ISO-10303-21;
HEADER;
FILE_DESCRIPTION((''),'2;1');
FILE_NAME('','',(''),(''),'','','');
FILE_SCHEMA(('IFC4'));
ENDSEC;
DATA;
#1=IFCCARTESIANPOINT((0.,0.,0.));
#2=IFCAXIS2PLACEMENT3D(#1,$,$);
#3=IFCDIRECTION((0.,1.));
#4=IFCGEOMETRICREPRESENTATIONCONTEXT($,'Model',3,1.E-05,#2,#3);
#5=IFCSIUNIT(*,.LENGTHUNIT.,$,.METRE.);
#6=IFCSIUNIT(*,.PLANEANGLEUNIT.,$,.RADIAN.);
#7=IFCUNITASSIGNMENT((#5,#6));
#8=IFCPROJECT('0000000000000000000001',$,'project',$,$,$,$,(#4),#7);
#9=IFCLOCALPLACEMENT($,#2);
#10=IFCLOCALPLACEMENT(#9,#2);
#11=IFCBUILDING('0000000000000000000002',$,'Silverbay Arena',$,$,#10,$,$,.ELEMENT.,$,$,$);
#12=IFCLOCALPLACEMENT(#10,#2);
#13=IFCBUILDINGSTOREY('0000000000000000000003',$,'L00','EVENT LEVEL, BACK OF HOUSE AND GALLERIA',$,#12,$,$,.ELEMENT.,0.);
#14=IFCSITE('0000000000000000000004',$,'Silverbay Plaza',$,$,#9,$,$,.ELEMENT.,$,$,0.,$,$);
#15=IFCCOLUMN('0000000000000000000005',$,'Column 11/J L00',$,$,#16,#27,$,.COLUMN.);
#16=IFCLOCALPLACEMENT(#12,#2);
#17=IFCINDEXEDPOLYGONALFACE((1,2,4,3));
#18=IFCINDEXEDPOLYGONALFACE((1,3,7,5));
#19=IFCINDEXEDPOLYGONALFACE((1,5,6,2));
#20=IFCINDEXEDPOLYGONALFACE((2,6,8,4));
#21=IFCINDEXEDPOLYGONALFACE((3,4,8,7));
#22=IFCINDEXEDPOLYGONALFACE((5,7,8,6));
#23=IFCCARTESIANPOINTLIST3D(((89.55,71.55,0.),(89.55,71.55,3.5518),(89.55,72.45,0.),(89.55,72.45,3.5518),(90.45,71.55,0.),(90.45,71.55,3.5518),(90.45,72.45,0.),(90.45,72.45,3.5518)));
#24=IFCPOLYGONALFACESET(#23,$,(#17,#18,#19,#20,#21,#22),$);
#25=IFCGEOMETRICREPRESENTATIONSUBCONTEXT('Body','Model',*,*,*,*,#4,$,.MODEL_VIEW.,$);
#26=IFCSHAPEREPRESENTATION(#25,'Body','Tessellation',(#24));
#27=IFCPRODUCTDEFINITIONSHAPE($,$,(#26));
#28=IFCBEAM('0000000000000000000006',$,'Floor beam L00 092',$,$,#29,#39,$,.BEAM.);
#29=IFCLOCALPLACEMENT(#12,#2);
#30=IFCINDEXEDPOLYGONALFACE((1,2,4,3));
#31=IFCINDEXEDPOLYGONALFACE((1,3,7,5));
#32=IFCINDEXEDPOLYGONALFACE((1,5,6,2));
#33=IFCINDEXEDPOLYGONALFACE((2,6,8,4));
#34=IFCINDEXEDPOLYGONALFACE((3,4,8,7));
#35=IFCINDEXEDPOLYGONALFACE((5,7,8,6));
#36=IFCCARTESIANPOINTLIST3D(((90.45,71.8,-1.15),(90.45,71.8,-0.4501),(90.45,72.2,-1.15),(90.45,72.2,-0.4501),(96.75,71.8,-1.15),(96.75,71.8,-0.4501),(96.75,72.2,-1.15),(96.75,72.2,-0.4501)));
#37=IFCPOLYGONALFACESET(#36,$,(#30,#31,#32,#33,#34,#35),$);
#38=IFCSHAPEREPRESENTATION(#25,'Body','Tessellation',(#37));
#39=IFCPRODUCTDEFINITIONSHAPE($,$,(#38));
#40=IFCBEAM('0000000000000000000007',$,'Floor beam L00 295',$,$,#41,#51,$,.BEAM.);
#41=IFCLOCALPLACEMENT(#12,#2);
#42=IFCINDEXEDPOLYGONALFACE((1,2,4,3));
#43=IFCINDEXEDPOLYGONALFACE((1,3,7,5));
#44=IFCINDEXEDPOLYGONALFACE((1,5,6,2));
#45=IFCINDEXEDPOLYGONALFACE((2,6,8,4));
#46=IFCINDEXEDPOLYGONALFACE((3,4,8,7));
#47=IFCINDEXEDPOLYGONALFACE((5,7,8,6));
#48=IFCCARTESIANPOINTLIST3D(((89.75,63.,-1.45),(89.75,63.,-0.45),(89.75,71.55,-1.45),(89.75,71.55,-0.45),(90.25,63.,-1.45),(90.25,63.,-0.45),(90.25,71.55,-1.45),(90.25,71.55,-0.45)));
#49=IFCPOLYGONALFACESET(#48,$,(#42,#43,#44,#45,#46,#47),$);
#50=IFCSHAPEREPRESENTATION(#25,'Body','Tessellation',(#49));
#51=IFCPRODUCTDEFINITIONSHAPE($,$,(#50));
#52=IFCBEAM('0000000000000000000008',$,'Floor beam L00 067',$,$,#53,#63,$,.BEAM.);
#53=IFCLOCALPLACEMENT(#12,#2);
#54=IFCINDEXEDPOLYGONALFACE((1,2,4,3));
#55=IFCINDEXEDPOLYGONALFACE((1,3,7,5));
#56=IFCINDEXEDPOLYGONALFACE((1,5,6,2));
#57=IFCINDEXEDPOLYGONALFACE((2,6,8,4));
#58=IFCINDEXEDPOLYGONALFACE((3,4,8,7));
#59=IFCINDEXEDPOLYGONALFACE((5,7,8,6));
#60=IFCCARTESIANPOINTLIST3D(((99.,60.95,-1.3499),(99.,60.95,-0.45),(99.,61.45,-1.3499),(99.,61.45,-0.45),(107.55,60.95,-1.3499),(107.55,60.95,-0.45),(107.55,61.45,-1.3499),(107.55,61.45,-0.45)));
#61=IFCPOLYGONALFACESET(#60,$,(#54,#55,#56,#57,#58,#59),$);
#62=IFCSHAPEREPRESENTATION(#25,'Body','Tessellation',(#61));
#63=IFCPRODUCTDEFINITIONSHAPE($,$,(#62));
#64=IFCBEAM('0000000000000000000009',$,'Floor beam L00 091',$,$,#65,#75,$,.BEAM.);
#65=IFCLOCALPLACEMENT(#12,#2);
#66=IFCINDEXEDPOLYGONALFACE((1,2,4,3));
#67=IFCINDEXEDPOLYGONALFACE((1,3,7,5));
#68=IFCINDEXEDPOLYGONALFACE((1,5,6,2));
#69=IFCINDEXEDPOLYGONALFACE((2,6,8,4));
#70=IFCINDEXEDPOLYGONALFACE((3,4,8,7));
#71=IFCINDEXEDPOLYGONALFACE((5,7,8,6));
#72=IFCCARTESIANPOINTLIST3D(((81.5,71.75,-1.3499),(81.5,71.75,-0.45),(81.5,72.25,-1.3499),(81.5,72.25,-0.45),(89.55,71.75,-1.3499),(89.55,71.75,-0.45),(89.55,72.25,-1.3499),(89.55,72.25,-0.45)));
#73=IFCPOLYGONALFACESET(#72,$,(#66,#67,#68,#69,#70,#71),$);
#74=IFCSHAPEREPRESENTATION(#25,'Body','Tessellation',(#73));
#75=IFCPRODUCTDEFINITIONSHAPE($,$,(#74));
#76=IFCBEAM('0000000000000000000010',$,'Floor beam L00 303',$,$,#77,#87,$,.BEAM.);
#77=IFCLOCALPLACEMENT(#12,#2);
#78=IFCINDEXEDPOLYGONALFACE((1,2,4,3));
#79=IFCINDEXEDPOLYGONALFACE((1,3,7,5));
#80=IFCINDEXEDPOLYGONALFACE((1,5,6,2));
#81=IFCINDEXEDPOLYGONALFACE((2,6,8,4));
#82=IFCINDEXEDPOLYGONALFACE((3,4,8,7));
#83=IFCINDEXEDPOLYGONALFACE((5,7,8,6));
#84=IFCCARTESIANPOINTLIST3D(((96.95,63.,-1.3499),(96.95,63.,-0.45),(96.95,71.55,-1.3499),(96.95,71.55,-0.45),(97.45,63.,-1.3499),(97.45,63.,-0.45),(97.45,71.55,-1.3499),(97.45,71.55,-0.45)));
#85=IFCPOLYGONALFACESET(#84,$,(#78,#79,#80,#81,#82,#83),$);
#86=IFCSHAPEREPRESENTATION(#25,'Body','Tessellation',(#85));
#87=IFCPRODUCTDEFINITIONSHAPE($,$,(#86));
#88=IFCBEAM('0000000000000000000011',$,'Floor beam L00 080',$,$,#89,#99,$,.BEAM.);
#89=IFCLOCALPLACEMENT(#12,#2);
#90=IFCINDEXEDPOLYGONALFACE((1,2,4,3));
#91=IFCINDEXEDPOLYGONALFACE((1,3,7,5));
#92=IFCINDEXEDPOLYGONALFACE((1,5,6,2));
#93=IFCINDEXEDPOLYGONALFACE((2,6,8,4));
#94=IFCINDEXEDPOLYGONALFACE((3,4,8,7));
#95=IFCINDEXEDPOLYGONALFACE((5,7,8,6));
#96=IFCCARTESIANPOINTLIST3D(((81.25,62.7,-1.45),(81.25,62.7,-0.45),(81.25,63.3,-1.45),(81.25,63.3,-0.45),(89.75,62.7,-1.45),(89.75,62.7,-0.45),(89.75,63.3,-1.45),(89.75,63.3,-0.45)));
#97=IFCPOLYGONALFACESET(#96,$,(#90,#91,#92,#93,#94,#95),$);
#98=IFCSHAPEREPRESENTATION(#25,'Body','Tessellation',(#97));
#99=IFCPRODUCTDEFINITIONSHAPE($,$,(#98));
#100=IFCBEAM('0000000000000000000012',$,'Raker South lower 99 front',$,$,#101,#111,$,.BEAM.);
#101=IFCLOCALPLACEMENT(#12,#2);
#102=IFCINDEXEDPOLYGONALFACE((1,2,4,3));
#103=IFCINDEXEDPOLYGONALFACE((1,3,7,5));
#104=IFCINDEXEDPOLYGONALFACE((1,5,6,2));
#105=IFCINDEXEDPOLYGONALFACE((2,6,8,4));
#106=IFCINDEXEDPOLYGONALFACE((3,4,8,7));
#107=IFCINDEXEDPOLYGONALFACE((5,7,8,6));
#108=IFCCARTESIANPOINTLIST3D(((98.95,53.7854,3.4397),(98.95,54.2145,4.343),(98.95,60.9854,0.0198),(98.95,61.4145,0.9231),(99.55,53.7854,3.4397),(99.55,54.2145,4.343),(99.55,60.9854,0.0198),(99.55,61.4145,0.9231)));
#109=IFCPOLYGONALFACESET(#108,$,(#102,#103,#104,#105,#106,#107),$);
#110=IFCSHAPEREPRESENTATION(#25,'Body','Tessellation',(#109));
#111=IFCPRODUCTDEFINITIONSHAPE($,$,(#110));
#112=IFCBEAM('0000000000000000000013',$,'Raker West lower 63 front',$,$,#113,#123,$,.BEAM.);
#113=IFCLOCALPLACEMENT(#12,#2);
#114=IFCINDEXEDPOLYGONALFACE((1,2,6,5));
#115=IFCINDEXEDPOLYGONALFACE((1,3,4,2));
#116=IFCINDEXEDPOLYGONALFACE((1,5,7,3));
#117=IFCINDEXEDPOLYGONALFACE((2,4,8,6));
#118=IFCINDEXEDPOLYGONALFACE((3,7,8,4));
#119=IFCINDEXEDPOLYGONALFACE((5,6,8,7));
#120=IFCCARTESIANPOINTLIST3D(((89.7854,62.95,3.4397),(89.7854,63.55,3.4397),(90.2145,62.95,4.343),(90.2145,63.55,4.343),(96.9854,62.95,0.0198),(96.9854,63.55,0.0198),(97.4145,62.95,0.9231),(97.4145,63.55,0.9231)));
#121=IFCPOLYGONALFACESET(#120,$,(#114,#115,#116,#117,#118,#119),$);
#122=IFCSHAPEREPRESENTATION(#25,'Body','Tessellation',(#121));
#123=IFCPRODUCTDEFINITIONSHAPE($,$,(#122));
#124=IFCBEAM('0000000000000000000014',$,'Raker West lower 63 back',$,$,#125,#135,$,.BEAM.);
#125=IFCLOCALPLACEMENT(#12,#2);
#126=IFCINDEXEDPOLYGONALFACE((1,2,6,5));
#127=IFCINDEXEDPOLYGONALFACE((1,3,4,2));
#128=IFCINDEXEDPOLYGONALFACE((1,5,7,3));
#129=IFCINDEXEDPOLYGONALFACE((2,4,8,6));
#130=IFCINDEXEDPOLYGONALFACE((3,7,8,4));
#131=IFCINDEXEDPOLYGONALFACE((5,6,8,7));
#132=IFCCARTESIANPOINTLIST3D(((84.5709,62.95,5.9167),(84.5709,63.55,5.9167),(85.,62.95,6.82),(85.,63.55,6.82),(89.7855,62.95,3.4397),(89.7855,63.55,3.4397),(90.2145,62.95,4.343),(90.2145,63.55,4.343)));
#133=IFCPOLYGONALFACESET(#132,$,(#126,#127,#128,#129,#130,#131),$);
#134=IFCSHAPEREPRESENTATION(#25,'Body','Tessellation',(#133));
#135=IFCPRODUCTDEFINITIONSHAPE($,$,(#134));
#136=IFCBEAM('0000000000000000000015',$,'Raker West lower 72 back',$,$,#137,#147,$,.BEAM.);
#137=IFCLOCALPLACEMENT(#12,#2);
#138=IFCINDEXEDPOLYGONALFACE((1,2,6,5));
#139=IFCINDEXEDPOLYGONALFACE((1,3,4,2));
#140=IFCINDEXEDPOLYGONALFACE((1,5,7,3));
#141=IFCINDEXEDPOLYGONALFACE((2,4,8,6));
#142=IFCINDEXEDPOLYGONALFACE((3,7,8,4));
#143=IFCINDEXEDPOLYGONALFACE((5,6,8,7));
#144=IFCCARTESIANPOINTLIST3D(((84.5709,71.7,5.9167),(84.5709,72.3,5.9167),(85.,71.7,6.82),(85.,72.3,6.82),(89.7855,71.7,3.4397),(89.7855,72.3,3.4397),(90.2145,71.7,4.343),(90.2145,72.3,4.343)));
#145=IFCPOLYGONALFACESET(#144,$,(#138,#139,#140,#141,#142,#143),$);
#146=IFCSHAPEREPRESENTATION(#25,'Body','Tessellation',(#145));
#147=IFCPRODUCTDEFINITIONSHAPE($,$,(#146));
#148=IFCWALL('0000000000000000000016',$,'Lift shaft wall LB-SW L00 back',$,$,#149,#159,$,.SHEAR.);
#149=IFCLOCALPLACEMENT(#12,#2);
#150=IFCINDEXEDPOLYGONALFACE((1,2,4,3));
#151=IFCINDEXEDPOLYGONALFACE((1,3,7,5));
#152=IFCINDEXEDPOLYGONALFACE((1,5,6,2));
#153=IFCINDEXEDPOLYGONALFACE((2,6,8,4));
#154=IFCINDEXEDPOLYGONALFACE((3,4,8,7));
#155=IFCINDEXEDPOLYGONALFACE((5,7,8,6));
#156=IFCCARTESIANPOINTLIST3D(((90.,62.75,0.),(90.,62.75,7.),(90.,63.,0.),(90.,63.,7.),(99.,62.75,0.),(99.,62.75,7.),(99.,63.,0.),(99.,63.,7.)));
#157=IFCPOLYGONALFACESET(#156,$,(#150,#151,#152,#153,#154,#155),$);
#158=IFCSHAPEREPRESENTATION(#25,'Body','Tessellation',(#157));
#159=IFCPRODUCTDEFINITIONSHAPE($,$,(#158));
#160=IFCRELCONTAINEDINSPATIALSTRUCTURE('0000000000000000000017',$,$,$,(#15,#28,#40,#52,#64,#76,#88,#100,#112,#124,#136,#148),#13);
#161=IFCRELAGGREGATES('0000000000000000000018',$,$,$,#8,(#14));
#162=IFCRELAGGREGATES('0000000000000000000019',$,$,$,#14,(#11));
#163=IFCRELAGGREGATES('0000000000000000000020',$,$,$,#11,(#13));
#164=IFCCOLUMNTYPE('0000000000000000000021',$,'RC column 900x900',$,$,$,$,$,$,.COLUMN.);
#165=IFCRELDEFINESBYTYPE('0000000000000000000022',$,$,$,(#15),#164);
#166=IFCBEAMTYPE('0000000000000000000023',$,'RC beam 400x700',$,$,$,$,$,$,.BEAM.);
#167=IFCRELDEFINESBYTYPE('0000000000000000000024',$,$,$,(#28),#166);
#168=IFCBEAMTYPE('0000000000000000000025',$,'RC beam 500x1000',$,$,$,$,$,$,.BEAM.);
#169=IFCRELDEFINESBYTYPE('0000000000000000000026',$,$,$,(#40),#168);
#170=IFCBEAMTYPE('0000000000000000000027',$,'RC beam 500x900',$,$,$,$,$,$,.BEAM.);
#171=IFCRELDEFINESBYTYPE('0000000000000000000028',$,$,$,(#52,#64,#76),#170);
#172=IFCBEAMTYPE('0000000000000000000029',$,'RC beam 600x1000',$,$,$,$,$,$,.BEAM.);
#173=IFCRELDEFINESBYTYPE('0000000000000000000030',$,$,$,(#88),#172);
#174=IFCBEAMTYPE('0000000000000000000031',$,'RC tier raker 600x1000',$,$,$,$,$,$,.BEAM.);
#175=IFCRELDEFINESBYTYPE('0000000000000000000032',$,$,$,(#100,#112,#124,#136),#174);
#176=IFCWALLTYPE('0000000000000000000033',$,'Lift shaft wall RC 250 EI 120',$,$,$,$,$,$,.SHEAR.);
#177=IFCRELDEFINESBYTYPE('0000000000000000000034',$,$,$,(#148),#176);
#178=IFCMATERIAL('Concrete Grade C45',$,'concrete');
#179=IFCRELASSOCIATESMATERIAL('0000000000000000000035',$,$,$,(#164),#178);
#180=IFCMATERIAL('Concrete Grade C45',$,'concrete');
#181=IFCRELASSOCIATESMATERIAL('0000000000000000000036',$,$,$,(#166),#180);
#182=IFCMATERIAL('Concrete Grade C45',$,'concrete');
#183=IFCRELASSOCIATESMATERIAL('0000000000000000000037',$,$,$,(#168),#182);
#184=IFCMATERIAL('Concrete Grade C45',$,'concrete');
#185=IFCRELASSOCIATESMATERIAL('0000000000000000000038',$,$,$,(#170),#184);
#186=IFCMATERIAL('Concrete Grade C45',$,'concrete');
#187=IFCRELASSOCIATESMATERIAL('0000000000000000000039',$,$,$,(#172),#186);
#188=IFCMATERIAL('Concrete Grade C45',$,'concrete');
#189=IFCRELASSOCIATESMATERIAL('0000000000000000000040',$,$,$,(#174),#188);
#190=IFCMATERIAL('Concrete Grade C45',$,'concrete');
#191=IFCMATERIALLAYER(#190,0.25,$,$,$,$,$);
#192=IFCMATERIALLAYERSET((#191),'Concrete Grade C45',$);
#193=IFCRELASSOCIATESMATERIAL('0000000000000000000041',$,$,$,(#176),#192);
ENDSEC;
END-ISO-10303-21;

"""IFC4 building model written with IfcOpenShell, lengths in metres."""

from ifc_helpers import new_model, si_unit, direction, frame, frame_2d, origin, origin_2d, place, context, subcontext, project, spatial, rectangle, extrude, material, layer, layer_set, material_profile, profile_set, type_object, element, save


model = new_model("IFC4")

# Units and contexts
model_context = context("Model", 3, precision=1e-05, world=origin(), true_north=direction((0.0, 1.0)))
body_context = subcontext(model_context, "Body", "Model", "MODEL_VIEW")
ifc_project = project(units=[si_unit("LENGTHUNIT", "METRE"), si_unit("PLANEANGLEUNIT", "RADIAN")], contexts=[model_context])

# Site, building, storey
site_placement = place(None, origin())
site = spatial("IfcSite", under=ifc_project, at=site_placement, Name="Silverbay Plaza", CompositionType="ELEMENT", RefElevation=0.0)
building_placement = place(site_placement, origin())
building = spatial("IfcBuilding", under=site, at=building_placement, Name="Silverbay Arena", CompositionType="ELEMENT")
storey_placement = place(building_placement, origin())
storey = spatial("IfcBuildingStorey", under=building, at=storey_placement, Name="L00", Description="EVENT LEVEL, BACK OF HOUSE AND GALLERIA", CompositionType="ELEMENT", Elevation=0.0)

# Column
ifc_material_1 = material(Name="Concrete Grade C45", Category="concrete")
ifc_material_profile_1 = material_profile(ifc_material_1, rectangle(XDim=0.8999, YDim=0.8999, at=origin_2d()), Name="RC 900x900")
ifc_profile_set_1 = profile_set([ifc_material_profile_1], Name="Concrete Grade C45")
column_type = type_object("IfcColumnType", Name="RC column 900x900", PredefinedType="COLUMN", material=ifc_profile_set_1)
column_placement = place(storey_placement, frame((90.0, 72.0, 0.0), z_axis=(0.0, 0.0, 1.0), x_axis=(1.0, 0.0, 0.0)))
element("IfcColumn", 1, at=column_placement, inside=storey, type_object=column_type, Name="Column 11/J L00", PredefinedType="COLUMN", context=body_context, shape_type="SweptSolid", body=[
    extrude(rectangle(XDim=0.8999, YDim=0.8999, at=origin_2d()), origin(), (0.0, 0.0, 1.0), 3.5518),
])

# Beams
ifc_material_2 = material(Name="Concrete Grade C45", Category="concrete")
ifc_material_profile_2 = material_profile(ifc_material_2, rectangle(XDim=0.3999, YDim=0.7, at=origin_2d()), Name="RC 400x700")
ifc_profile_set_2 = profile_set([ifc_material_profile_2], Name="Concrete Grade C45")
beam_type_1 = type_object("IfcBeamType", Name="RC beam 400x700", PredefinedType="BEAM", material=ifc_profile_set_2)
beam_1_placement = place(storey_placement, frame((90.45, 72.0, -0.8), z_axis=(1.0, 0.0, 0.0), x_axis=(0.0, 1.0, 0.0)))
element("IfcBeam", 2, at=beam_1_placement, inside=storey, type_object=beam_type_1, Name="Floor beam L00 092", PredefinedType="BEAM", context=body_context, shape_type="SweptSolid", body=[
    extrude(rectangle(XDim=0.3999, YDim=0.7, at=origin_2d()), origin(), (0.0, 0.0, 1.0), 6.3),
])
ifc_material_3 = material(Name="Concrete Grade C45", Category="concrete")
ifc_material_profile_3 = material_profile(ifc_material_3, rectangle(XDim=0.5, YDim=1.0, at=origin_2d()), Name="RC 500x1000")
ifc_profile_set_3 = profile_set([ifc_material_profile_3], Name="Concrete Grade C45")
beam_type_2 = type_object("IfcBeamType", Name="RC beam 500x1000", PredefinedType="BEAM", material=ifc_profile_set_3)
beam_2_placement = place(storey_placement, frame((90.0, 63.0, -0.95), z_axis=(0.0, 1.0, 0.0), x_axis=(-1.0, 0.0, 0.0)))
element("IfcBeam", 3, at=beam_2_placement, inside=storey, type_object=beam_type_2, Name="Floor beam L00 295", PredefinedType="BEAM", context=body_context, shape_type="SweptSolid", body=[
    extrude(rectangle(XDim=0.5, YDim=1.0, at=origin_2d()), origin(), (0.0, 0.0, 1.0), 8.55),
])
ifc_material_4 = material(Name="Concrete Grade C45", Category="concrete")
ifc_material_profile_4 = material_profile(ifc_material_4, rectangle(XDim=0.5, YDim=0.8999, at=origin_2d()), Name="RC 500x900")
ifc_profile_set_4 = profile_set([ifc_material_profile_4], Name="Concrete Grade C45")
beam_type_3 = type_object("IfcBeamType", Name="RC beam 500x900", PredefinedType="BEAM", material=ifc_profile_set_4)
beam_3_placement = place(storey_placement, frame((99.0, 61.2, -0.8999), z_axis=(1.0, 0.0, 0.0), x_axis=(0.0, 1.0, 0.0)))
element("IfcBeam", 4, at=beam_3_placement, inside=storey, type_object=beam_type_3, Name="Floor beam L00 067", PredefinedType="BEAM", context=body_context, shape_type="SweptSolid", body=[
    extrude(rectangle(XDim=0.5, YDim=0.8999, at=origin_2d()), origin(), (0.0, 0.0, 1.0), 8.55),
])
beam_4_placement = place(storey_placement, frame((81.5, 72.0, -0.8999), z_axis=(1.0, 0.0, 0.0), x_axis=(0.0, 1.0, 0.0)))
element("IfcBeam", 5, at=beam_4_placement, inside=storey, type_object=beam_type_3, Name="Floor beam L00 091", PredefinedType="BEAM", context=body_context, shape_type="SweptSolid", body=[
    extrude(rectangle(XDim=0.5, YDim=0.8999, at=origin_2d()), origin(), (0.0, 0.0, 1.0), 8.05),
])
beam_5_placement = place(storey_placement, frame((97.2, 63.0, -0.8999), z_axis=(0.0, 1.0, 0.0), x_axis=(-1.0, 0.0, 0.0)))
element("IfcBeam", 6, at=beam_5_placement, inside=storey, type_object=beam_type_3, Name="Floor beam L00 303", PredefinedType="BEAM", context=body_context, shape_type="SweptSolid", body=[
    extrude(rectangle(XDim=0.5, YDim=0.8999, at=origin_2d()), origin(), (0.0, 0.0, 1.0), 8.55),
])
ifc_material_5 = material(Name="Concrete Grade C45", Category="concrete")
ifc_material_profile_5 = material_profile(ifc_material_5, rectangle(XDim=0.6001, YDim=1.0, at=origin_2d()), Name="RC 600x1000")
ifc_profile_set_5 = profile_set([ifc_material_profile_5], Name="Concrete Grade C45")
beam_type_4 = type_object("IfcBeamType", Name="RC beam 600x1000", PredefinedType="BEAM", material=ifc_profile_set_5)
beam_6_placement = place(storey_placement, frame((81.25, 63.0, -0.95), z_axis=(1.0, 0.0, 0.0), x_axis=(0.0, 1.0, 0.0)))
element("IfcBeam", 7, at=beam_6_placement, inside=storey, type_object=beam_type_4, Name="Floor beam L00 080", PredefinedType="BEAM", context=body_context, shape_type="SweptSolid", body=[
    extrude(rectangle(XDim=0.6001, YDim=1.0, at=origin_2d()), origin(), (0.0, 0.0, 1.0), 8.5),
])
ifc_material_6 = material(Name="Concrete Grade C45", Category="concrete")
ifc_material_profile_6 = material_profile(ifc_material_6, rectangle(XDim=0.6001, YDim=1.0, at=origin_2d()), Name="RC 600x1000")
ifc_profile_set_6 = profile_set([ifc_material_profile_6], Name="Concrete Grade C45")
beam_type_5 = type_object("IfcBeamType", Name="RC tier raker 600x1000", PredefinedType="BEAM", material=ifc_profile_set_6)
for number, where, z_axis, x_axis, name in (
    (8, (99.25, 61.2, 0.4714), (0.0, -0.90328, 0.429051), (1.0, 0.0, 0.0), "Raker South lower 99 front"),
    (9, (97.2, 63.25, 0.4714), (-0.90328, 0.0, 0.429051), (0.0, -1.0, 0.0), "Raker West lower 63 front"),
):
    element("IfcBeam", number, at=place(storey_placement, frame(where, z_axis=z_axis, x_axis=x_axis)), inside=storey, type_object=beam_type_5, Name=name, PredefinedType="BEAM", context=body_context, shape_type="SweptSolid", body=[
        extrude(rectangle(XDim=0.6001, YDim=1.0, at=origin_2d()), origin(), (0.0, 0.0, 1.0), 7.9709),
    ])
for number, where, z_axis, x_axis, name in (
    (10, (90.0, 63.25, 3.8914), (-0.90327, 0.0, 0.429073), (0.0, -1.0, 0.0), "Raker West lower 63 back"),
    (11, (90.0, 72.0, 3.8914), (-0.90327, 0.0, 0.429073), (0.0, -1.0, 0.0), "Raker West lower 72 back"),
):
    element("IfcBeam", number, at=place(storey_placement, frame(where, z_axis=z_axis, x_axis=x_axis)), inside=storey, type_object=beam_type_5, Name=name, PredefinedType="BEAM", context=body_context, shape_type="SweptSolid", body=[
        extrude(rectangle(XDim=0.6001, YDim=1.0, at=origin_2d()), origin(), (0.0, 0.0, 1.0), 5.7729),
    ])

# Wall
ifc_material_7 = material(Name="Concrete Grade C45", Category="concrete")
ifc_layer_1 = layer(ifc_material_7, 0.25)
ifc_layer_set_1 = layer_set([ifc_layer_1], Name="Concrete Grade C45")
wall_type_1 = type_object("IfcWallType", Name="Lift shaft wall RC 250 EI 120", PredefinedType="SHEAR", material=ifc_layer_set_1)
wall_1_placement = place(storey_placement, frame((90.0, 62.875, 0.0), z_axis=(0.0, 0.0, 1.0), x_axis=(1.0, 0.0, 0.0)))
element("IfcWall", 12, at=wall_1_placement, inside=storey, type_object=wall_type_1, Name="Lift shaft wall LB-SW L00 back", PredefinedType="SHEAR", context=body_context, shape_type="SweptSolid", body=[
    extrude(rectangle(XDim=9.0, YDim=0.25, at=frame_2d((4.5, 0.0))), origin(), (0.0, 0.0, 1.0), 7.0),
])

save(model, "model.ifc")
